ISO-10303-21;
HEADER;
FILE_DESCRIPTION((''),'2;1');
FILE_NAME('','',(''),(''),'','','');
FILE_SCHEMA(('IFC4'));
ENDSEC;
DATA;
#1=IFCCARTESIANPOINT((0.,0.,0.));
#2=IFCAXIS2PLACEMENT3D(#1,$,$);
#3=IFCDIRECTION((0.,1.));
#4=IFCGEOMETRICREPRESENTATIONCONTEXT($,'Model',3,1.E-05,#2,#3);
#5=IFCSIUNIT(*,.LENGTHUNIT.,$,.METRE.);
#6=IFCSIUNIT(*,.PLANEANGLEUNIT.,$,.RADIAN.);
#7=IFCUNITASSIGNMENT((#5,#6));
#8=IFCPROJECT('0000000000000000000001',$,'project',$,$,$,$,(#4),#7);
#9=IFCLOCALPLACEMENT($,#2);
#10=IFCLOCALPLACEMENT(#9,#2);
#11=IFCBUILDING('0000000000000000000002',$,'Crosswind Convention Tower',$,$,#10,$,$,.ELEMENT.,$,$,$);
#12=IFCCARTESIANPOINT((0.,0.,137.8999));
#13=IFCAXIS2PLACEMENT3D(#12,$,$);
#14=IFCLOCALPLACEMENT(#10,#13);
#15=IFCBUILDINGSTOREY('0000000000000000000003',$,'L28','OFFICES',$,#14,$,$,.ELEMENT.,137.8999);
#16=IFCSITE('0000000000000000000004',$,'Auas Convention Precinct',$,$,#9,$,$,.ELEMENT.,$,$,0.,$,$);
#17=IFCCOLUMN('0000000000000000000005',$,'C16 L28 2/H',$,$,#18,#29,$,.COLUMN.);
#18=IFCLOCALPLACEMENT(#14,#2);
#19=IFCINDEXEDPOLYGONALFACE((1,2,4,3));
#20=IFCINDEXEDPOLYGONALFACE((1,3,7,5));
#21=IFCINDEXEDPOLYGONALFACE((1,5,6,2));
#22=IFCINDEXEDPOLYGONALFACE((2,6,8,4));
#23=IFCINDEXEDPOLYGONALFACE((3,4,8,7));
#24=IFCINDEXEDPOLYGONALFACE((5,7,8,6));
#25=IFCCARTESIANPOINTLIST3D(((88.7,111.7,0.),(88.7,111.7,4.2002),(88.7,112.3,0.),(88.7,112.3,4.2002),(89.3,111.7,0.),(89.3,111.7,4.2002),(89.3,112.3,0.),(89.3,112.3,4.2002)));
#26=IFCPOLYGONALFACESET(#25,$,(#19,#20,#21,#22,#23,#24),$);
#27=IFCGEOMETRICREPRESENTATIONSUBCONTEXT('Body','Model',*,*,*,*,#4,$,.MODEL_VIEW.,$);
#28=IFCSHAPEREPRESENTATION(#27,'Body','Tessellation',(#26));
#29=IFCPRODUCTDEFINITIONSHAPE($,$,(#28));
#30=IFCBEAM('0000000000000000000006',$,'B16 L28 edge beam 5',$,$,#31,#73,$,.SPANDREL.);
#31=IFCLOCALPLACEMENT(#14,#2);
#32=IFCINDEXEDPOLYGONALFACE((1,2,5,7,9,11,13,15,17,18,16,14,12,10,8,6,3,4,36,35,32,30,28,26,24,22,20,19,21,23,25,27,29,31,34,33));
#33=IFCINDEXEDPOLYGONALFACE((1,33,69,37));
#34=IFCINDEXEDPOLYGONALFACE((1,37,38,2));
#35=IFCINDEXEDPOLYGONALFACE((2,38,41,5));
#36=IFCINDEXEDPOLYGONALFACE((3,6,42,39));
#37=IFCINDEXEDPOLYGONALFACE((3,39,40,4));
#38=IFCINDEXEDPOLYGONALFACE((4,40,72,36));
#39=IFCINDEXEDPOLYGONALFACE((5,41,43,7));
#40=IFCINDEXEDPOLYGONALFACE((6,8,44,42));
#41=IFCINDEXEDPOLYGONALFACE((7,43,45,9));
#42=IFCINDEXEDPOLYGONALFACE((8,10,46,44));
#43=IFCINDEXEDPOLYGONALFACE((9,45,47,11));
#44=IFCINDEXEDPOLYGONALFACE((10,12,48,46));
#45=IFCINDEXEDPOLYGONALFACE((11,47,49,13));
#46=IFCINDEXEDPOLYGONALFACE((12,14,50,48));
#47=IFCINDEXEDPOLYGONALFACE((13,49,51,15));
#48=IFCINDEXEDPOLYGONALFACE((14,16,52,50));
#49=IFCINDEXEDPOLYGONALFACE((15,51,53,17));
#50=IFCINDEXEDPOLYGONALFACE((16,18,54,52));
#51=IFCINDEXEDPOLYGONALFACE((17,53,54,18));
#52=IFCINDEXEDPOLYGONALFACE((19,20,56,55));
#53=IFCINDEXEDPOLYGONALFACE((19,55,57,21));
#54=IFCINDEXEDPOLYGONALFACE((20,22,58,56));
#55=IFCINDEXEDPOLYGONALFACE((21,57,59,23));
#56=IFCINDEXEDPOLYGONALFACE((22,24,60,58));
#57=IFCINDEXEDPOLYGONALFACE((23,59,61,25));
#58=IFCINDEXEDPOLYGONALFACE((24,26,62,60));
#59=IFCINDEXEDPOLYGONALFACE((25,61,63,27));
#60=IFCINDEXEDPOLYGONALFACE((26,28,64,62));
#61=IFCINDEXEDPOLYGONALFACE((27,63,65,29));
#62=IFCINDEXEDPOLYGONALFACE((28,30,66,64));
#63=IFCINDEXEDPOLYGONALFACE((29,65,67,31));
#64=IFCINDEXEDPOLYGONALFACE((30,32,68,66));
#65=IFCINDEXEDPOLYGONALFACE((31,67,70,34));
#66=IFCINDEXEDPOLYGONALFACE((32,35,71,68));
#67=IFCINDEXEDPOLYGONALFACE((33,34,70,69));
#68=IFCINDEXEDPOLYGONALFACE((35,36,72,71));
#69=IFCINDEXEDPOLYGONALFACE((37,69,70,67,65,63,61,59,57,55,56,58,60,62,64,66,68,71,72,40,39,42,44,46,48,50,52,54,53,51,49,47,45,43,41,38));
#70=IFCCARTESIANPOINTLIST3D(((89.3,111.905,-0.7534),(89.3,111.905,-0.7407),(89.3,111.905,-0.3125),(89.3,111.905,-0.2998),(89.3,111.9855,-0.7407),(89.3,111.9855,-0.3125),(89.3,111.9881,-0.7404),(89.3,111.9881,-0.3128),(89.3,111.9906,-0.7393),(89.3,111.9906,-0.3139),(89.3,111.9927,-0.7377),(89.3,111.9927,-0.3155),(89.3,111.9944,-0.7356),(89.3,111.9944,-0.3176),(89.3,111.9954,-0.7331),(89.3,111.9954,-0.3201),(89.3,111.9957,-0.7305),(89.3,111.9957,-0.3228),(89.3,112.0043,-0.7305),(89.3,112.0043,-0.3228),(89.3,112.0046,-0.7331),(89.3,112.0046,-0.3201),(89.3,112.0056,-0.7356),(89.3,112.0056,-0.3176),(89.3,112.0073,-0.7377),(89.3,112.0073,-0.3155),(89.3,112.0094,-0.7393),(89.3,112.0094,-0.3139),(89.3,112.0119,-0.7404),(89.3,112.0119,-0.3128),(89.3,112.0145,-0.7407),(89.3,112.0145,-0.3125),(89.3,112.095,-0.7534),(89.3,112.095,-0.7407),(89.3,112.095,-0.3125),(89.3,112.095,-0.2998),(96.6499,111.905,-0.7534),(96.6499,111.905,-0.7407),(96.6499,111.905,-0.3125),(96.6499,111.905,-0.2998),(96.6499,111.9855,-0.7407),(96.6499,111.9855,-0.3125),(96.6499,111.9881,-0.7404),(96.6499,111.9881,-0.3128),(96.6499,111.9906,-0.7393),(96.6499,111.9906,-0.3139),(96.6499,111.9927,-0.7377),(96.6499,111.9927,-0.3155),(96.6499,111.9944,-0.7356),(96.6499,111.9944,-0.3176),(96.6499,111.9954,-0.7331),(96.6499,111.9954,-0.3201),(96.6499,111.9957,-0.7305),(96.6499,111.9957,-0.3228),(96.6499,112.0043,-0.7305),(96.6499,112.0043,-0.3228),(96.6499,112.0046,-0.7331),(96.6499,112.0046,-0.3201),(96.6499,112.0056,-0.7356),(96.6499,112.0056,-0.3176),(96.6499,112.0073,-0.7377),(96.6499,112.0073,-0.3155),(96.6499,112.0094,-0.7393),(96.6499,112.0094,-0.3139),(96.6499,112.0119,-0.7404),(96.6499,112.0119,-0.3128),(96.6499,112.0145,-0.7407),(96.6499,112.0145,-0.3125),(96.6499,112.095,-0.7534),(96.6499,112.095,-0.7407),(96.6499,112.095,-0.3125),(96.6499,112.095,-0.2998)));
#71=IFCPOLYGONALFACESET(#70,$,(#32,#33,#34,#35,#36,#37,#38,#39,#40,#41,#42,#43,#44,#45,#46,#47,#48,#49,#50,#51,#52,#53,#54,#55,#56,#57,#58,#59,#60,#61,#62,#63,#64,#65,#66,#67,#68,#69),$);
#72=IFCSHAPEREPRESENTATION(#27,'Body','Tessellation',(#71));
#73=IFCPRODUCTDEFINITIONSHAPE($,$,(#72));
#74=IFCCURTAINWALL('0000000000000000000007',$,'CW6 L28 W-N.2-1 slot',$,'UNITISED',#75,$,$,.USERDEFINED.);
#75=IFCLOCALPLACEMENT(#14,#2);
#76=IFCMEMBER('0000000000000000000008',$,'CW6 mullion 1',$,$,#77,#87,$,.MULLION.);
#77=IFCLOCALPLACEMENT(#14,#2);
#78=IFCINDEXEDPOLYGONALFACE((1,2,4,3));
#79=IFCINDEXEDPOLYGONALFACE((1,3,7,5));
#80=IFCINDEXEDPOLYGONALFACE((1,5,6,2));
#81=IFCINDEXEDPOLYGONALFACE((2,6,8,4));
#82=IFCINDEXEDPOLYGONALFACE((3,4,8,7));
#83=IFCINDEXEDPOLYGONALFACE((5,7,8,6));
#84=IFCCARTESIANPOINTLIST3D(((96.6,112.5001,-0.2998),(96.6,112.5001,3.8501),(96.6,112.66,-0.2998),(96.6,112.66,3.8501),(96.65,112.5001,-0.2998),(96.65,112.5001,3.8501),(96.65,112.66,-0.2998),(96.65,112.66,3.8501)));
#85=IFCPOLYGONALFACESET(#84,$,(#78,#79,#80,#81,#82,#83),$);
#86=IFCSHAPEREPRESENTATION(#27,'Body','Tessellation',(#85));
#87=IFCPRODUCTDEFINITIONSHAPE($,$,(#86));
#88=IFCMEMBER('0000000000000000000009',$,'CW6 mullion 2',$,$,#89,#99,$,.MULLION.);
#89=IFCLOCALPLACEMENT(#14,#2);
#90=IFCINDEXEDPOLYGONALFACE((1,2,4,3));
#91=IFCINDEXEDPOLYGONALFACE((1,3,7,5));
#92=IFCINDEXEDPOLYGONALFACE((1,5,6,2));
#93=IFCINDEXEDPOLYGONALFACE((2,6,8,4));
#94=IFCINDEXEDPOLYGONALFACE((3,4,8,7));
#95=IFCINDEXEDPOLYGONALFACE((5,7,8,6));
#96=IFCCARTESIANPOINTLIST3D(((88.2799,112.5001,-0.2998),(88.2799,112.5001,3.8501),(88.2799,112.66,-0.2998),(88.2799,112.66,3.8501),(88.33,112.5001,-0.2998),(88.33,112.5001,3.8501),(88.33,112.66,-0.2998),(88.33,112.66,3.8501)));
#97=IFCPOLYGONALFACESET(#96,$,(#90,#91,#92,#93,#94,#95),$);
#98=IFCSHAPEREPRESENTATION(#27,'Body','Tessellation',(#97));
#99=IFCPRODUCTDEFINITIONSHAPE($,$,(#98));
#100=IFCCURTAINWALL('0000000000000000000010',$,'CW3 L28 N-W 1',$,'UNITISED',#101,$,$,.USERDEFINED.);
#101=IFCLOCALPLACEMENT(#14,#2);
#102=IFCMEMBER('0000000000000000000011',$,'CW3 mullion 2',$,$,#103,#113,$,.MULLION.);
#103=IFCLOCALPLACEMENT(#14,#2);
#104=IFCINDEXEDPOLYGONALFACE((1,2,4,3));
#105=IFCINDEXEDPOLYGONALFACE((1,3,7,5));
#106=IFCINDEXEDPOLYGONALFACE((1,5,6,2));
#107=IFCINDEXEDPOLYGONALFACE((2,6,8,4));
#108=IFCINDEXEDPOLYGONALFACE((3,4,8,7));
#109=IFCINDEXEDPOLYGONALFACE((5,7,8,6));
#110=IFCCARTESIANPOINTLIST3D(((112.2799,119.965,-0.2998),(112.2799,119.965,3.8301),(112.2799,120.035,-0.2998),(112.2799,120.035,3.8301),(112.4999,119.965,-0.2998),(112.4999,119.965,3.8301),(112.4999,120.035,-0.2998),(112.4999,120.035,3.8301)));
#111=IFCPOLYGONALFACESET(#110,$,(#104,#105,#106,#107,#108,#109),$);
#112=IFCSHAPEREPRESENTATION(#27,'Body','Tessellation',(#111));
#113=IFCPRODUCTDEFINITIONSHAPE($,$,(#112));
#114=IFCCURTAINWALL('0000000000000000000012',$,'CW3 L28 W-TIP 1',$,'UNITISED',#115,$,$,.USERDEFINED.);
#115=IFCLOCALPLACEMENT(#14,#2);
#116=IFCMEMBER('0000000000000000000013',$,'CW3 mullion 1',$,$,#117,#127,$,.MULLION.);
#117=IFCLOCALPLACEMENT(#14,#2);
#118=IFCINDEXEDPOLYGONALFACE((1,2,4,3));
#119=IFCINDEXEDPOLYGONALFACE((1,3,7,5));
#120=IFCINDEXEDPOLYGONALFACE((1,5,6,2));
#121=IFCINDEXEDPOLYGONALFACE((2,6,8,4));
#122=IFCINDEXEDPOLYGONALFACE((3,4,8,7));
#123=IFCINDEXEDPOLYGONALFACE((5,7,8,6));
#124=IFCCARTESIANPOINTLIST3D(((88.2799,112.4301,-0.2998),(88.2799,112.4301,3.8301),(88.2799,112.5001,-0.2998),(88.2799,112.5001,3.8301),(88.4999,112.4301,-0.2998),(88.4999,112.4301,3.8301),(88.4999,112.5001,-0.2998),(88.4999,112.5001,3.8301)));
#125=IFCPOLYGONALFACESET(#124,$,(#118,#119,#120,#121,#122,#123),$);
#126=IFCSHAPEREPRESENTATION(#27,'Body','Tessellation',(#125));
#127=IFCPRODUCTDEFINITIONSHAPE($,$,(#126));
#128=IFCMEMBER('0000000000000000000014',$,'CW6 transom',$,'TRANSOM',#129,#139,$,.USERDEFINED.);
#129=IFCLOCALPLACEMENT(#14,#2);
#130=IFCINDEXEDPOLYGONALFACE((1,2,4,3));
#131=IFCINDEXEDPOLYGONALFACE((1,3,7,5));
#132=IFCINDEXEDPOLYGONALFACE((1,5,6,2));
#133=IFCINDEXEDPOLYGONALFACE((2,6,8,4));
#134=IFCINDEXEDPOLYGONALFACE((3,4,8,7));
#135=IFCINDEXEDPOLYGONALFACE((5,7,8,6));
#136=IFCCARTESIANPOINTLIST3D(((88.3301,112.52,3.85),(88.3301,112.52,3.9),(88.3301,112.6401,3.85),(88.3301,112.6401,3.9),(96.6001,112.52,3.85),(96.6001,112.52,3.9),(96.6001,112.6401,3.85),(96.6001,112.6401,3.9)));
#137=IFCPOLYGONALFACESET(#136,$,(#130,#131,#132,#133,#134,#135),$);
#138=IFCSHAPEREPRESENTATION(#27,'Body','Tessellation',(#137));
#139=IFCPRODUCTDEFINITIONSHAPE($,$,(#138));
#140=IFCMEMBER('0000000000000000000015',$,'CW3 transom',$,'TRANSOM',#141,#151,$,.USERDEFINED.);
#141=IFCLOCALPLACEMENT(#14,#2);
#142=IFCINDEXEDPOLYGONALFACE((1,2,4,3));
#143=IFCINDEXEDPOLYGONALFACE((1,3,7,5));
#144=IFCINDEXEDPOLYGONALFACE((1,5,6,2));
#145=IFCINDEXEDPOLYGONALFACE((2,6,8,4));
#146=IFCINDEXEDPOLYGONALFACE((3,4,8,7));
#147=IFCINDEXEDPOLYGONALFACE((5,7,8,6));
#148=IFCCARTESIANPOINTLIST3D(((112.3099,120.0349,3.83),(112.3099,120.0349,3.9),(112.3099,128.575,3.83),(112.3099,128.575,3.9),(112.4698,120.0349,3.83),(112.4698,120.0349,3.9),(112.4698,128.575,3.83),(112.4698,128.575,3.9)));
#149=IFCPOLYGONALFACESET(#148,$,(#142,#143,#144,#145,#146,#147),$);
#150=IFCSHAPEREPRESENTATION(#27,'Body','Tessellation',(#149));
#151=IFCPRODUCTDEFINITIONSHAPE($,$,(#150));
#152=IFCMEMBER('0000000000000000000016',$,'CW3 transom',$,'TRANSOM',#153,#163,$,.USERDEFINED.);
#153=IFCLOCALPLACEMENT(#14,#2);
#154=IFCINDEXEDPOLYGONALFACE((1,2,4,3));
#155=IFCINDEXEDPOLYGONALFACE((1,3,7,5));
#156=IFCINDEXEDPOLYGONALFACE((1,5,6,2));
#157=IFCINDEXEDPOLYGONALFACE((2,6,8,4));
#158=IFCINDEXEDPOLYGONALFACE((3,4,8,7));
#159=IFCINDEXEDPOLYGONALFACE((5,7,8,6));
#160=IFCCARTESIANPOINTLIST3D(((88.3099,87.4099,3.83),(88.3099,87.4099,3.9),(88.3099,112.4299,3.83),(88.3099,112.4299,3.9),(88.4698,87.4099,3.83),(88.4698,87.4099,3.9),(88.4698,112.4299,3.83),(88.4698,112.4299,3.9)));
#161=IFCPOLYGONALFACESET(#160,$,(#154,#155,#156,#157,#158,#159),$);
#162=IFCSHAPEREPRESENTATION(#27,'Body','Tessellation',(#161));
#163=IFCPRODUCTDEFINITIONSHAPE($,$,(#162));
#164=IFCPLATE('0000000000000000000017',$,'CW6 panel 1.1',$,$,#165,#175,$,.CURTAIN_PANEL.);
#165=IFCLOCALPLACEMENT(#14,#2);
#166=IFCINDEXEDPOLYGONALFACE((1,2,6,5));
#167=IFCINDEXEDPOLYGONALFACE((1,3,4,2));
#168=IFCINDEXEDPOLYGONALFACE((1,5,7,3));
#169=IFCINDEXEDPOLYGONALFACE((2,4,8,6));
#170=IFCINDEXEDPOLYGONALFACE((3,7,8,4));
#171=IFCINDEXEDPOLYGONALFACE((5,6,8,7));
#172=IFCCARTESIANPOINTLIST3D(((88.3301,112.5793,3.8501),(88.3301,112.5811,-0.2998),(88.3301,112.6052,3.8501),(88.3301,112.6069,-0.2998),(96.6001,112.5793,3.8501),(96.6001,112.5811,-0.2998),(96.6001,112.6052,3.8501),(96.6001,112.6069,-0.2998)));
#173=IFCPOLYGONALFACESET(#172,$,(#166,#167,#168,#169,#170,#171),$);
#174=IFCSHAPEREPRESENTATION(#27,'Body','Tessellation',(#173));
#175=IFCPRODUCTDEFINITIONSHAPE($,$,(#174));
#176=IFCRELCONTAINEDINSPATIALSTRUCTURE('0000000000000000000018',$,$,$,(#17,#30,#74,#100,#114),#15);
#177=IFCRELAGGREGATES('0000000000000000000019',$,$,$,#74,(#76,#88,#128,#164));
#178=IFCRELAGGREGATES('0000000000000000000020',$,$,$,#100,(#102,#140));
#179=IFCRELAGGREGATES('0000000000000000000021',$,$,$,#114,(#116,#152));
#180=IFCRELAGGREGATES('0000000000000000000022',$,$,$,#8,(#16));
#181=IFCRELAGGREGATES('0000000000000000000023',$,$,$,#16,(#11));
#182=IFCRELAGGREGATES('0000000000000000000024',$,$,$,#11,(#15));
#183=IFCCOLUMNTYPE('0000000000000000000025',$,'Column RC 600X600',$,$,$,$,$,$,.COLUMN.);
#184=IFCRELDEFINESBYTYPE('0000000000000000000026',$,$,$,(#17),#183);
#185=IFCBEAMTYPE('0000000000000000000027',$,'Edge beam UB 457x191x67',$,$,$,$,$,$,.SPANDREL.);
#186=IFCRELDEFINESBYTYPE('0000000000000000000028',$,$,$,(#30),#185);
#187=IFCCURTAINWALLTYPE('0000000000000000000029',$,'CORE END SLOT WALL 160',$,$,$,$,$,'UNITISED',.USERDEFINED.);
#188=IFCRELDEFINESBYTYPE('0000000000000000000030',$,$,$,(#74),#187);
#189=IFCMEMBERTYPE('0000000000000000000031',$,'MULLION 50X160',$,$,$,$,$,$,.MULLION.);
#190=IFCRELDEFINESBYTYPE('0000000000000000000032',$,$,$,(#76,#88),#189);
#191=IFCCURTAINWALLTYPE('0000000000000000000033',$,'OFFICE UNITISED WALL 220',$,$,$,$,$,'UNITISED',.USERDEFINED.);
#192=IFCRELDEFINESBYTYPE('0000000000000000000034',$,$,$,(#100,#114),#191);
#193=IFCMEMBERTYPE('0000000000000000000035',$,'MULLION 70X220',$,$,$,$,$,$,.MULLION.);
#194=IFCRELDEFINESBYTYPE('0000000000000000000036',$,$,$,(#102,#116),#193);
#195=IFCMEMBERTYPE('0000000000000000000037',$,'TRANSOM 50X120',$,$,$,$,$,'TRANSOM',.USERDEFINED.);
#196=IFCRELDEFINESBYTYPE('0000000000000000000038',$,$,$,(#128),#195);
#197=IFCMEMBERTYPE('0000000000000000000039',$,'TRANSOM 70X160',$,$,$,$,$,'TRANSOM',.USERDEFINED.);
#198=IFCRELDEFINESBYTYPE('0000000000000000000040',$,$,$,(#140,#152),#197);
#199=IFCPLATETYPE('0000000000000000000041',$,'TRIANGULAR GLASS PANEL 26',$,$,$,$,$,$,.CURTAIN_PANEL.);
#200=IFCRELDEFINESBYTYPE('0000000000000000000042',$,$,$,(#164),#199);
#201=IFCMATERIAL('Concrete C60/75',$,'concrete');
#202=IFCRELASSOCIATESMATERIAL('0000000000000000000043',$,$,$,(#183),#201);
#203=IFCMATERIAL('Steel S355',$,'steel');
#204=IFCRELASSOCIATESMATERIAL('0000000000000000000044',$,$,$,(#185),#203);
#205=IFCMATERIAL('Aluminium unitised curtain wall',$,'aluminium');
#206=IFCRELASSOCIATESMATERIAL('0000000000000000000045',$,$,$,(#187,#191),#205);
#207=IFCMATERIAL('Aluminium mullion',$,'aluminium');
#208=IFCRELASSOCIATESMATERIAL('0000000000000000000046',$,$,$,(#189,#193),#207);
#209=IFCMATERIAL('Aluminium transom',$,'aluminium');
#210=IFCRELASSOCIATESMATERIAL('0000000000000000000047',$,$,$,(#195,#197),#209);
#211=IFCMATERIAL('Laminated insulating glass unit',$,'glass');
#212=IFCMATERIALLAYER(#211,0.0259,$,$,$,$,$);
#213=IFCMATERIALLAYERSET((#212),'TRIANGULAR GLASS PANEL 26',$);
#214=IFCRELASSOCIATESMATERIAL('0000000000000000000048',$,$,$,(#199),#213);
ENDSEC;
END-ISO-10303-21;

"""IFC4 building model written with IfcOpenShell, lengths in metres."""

from ifc_helpers import new_model, si_unit, direction, frame, origin, origin_2d, place, context, subcontext, project, spatial, polyline, rectangle, i_section, outline, extrude, material, layer, layer_set, material_profile, profile_set, type_object, element, aggregate, save


model = new_model("IFC4")

# Units and contexts
model_context = context("Model", 3, precision=1e-05, world=origin(), true_north=direction((0.0, 1.0)))
body_context = subcontext(model_context, "Body", "Model", "MODEL_VIEW")
ifc_project = project(units=[si_unit("LENGTHUNIT", "METRE"), si_unit("PLANEANGLEUNIT", "RADIAN")], contexts=[model_context])

# Site, building, storey
site_placement = place(None, origin())
site = spatial("IfcSite", under=ifc_project, at=site_placement, Name="Auas Convention Precinct", CompositionType="ELEMENT", RefElevation=0.0)
building_placement = place(site_placement, origin())
building = spatial("IfcBuilding", under=site, at=building_placement, Name="Crosswind Convention Tower", CompositionType="ELEMENT")
storey_placement = place(building_placement, frame((0.0, 0.0, 137.8999)))
storey = spatial("IfcBuildingStorey", under=building, at=storey_placement, Name="L28", Description="OFFICES", CompositionType="ELEMENT", Elevation=137.8999)

# Column
ifc_material_1 = material(Name="Concrete C60/75", Category="concrete")
ifc_material_profile_1 = material_profile(ifc_material_1, rectangle(XDim=0.6001, YDim=0.6001, at=origin_2d()), Name="RC 600X600")
ifc_profile_set_1 = profile_set([ifc_material_profile_1], Name="Concrete C60/75")
column_type = type_object("IfcColumnType", Name="Column RC 600X600", PredefinedType="COLUMN", material=ifc_profile_set_1)
column_placement = place(storey_placement, frame((89.0, 112.0, 0.0), z_axis=(0.0, 0.0, 1.0), x_axis=(1.0, 0.0, 0.0)))
element("IfcColumn", 1, at=column_placement, inside=storey, type_object=column_type, Name="C16 L28 2/H", PredefinedType="COLUMN", context=body_context, shape_type="SweptSolid", body=[
    extrude(rectangle(XDim=0.6001, YDim=0.6001, at=origin_2d()), origin(), (0.0, 0.0, 1.0), 4.2002),
])

# Beam
ifc_material_2 = material(Name="Steel S355", Category="steel")
ifc_material_profile_2 = material_profile(ifc_material_2, i_section(OverallWidth=0.1899, OverallDepth=0.4536, WebThickness=0.0085, FlangeThickness=0.0127, FilletRadius=0.0103, at=origin_2d()), Name="UB 457x191x67")
ifc_profile_set_2 = profile_set([ifc_material_profile_2], Name="Steel S355")
beam_type = type_object("IfcBeamType", Name="Edge beam UB 457x191x67", PredefinedType="SPANDREL", material=ifc_profile_set_2)
beam_placement = place(storey_placement, frame((89.3, 112.0, -0.5266), z_axis=(1.0, 0.0, 0.0), x_axis=(0.0, 1.0, 0.0)))
element("IfcBeam", 2, at=beam_placement, inside=storey, type_object=beam_type, Name="B16 L28 edge beam 5", PredefinedType="SPANDREL", context=body_context, shape_type="SweptSolid", body=[
    extrude(i_section(OverallWidth=0.1899, OverallDepth=0.4536, WebThickness=0.0085, FlangeThickness=0.0127, FilletRadius=0.0103, at=origin_2d()), origin(), (0.0, 0.0, 1.0), 7.3499),
])

# Curtain wall, members
ifc_material_3 = material(Name="Aluminium unitised curtain wall", Category="aluminium")
curtain_wall_type_1 = type_object("IfcCurtainWallType", Name="CORE END SLOT WALL 160", ElementType="UNITISED", PredefinedType="USERDEFINED", material=ifc_material_3)
curtain_wall_1_placement = place(storey_placement, origin())
curtain_wall_1 = element("IfcCurtainWall", 3, at=curtain_wall_1_placement, inside=storey, type_object=curtain_wall_type_1, Name="CW6 L28 W-N.2-1 slot", ObjectType="UNITISED", PredefinedType="USERDEFINED")
ifc_material_4 = material(Name="Aluminium mullion", Category="aluminium")
ifc_material_profile_3 = material_profile(ifc_material_4, rectangle(XDim=0.1599, YDim=0.05, at=origin_2d()), Name="AL 160X50")
ifc_profile_set_3 = profile_set([ifc_material_profile_3], Name="Aluminium mullion")
member_type_1 = type_object("IfcMemberType", Name="MULLION 50X160", PredefinedType="MULLION", material=ifc_profile_set_3)
member_1_placement = place(storey_placement, frame((96.625, 112.5801, -0.2998), z_axis=(0.0, 0.0, 1.0), x_axis=(0.0, 1.0, 0.0)))
member_1 = element("IfcMember", 4, at=member_1_placement, type_object=member_type_1, Name="CW6 mullion 1", PredefinedType="MULLION", context=body_context, shape_type="SweptSolid", body=[
    extrude(rectangle(XDim=0.1599, YDim=0.05, at=origin_2d()), origin(), (0.0, 0.0, 1.0), 4.1499),
])
member_2_placement = place(storey_placement, frame((88.3049, 112.5801, -0.2998), z_axis=(0.0, 0.0, 1.0), x_axis=(0.0, 1.0, 0.0)))
member_2 = element("IfcMember", 5, at=member_2_placement, type_object=member_type_1, Name="CW6 mullion 2", PredefinedType="MULLION", context=body_context, shape_type="SweptSolid", body=[
    extrude(rectangle(XDim=0.1599, YDim=0.05, at=origin_2d()), origin(), (0.0, 0.0, 1.0), 4.1499),
])

# Curtain walls, members
curtain_wall_type_2 = type_object("IfcCurtainWallType", Name="OFFICE UNITISED WALL 220", ElementType="UNITISED", PredefinedType="USERDEFINED", material=ifc_material_3)
curtain_wall_2_placement = place(storey_placement, origin())
curtain_wall_2 = element("IfcCurtainWall", 6, at=curtain_wall_2_placement, inside=storey, type_object=curtain_wall_type_2, Name="CW3 L28 N-W 1", ObjectType="UNITISED", PredefinedType="USERDEFINED")
ifc_material_profile_4 = material_profile(ifc_material_4, rectangle(XDim=0.22, YDim=0.0701, at=origin_2d()), Name="AL 220X70")
ifc_profile_set_4 = profile_set([ifc_material_profile_4], Name="Aluminium mullion")
member_type_2 = type_object("IfcMemberType", Name="MULLION 70X220", PredefinedType="MULLION", material=ifc_profile_set_4)
member_3_placement = place(storey_placement, frame((112.3899, 120.0, -0.2998), z_axis=(0.0, 0.0, 1.0), x_axis=(-1.0, 0.0, 0.0)))
member_3 = element("IfcMember", 7, at=member_3_placement, type_object=member_type_2, Name="CW3 mullion 2", PredefinedType="MULLION", context=body_context, shape_type="SweptSolid", body=[
    extrude(rectangle(XDim=0.22, YDim=0.0701, at=origin_2d()), origin(), (0.0, 0.0, 1.0), 4.1299),
])
curtain_wall_3_placement = place(storey_placement, origin())
curtain_wall_3 = element("IfcCurtainWall", 8, at=curtain_wall_3_placement, inside=storey, type_object=curtain_wall_type_2, Name="CW3 L28 W-TIP 1", ObjectType="UNITISED", PredefinedType="USERDEFINED")
member_4_placement = place(storey_placement, frame((88.3899, 112.4651, -0.2998), z_axis=(0.0, 0.0, 1.0), x_axis=(-1.0, 0.0, 0.0)))
member_4 = element("IfcMember", 9, at=member_4_placement, type_object=member_type_2, Name="CW3 mullion 1", PredefinedType="MULLION", context=body_context, shape_type="SweptSolid", body=[
    extrude(rectangle(XDim=0.22, YDim=0.0701, at=origin_2d()), origin(), (0.0, 0.0, 1.0), 4.1299),
])

# Members
ifc_material_5 = material(Name="Aluminium transom", Category="aluminium")
ifc_material_profile_5 = material_profile(ifc_material_5, rectangle(XDim=0.1201, YDim=0.05, at=origin_2d()), Name="AL 120X50")
ifc_profile_set_5 = profile_set([ifc_material_profile_5], Name="Aluminium transom")
member_type_3 = type_object("IfcMemberType", Name="TRANSOM 50X120", ElementType="TRANSOM", PredefinedType="USERDEFINED", material=ifc_profile_set_5)
member_5_placement = place(storey_placement, frame((96.6001, 112.5801, 3.875), z_axis=(-1.0, 0.0, 0.0), x_axis=(0.0, -1.0, 0.0)))
member_5 = element("IfcMember", 10, at=member_5_placement, type_object=member_type_3, Name="CW6 transom", ObjectType="TRANSOM", PredefinedType="USERDEFINED", context=body_context, shape_type="SweptSolid", body=[
    extrude(rectangle(XDim=0.1201, YDim=0.05, at=origin_2d()), origin(), (0.0, 0.0, 1.0), 8.27),
])
ifc_material_profile_6 = material_profile(ifc_material_5, rectangle(XDim=0.1599, YDim=0.0701, at=origin_2d()), Name="AL 160X70")
ifc_profile_set_6 = profile_set([ifc_material_profile_6], Name="Aluminium transom")
member_type_4 = type_object("IfcMemberType", Name="TRANSOM 70X160", ElementType="TRANSOM", PredefinedType="USERDEFINED", material=ifc_profile_set_6)
member_6_placement = place(storey_placement, frame((112.3899, 128.575, 3.865), z_axis=(0.0, -1.0, 0.0), x_axis=(1.0, 0.0, 0.0)))
member_6 = element("IfcMember", 11, at=member_6_placement, type_object=member_type_4, Name="CW3 transom", ObjectType="TRANSOM", PredefinedType="USERDEFINED", context=body_context, shape_type="SweptSolid", body=[
    extrude(rectangle(XDim=0.1599, YDim=0.0701, at=origin_2d()), origin(), (0.0, 0.0, 1.0), 8.54),
])
member_7_placement = place(storey_placement, frame((88.3899, 112.4299, 3.865), z_axis=(0.0, -1.0, 0.0), x_axis=(1.0, 0.0, 0.0)))
member_7 = element("IfcMember", 12, at=member_7_placement, type_object=member_type_4, Name="CW3 transom", ObjectType="TRANSOM", PredefinedType="USERDEFINED", context=body_context, shape_type="SweptSolid", body=[
    extrude(rectangle(XDim=0.1599, YDim=0.0701, at=origin_2d()), origin(), (0.0, 0.0, 1.0), 25.02),
])

# Plate
ifc_material_6 = material(Name="Laminated insulating glass unit", Category="glass")
ifc_layer_1 = layer(ifc_material_6, 0.0259)
ifc_layer_set_1 = layer_set([ifc_layer_1], Name="TRIANGULAR GLASS PANEL 26")
plate_type_1 = type_object("IfcPlateType", Name="TRIANGULAR GLASS PANEL 26", PredefinedType="CURTAIN_PANEL", material=ifc_layer_set_1)
plate_1_placement = place(storey_placement, frame((96.6001, 112.6069, -0.2998), z_axis=(0.0, 1.0, 0.000412), x_axis=(-1.0, 0.0, 0.0)))
plate_1 = element("IfcPlate", 13, at=plate_1_placement, type_object=plate_type_1, Name="CW6 panel 1.1", PredefinedType="CURTAIN_PANEL", context=body_context, shape_type="SweptSolid", body=[
    extrude(outline(polyline([(0.0, 0.0), (8.27, 0.0), (8.27, 4.1499), (0.0, 4.1499), (0.0, 0.0)])), origin(), (0.0, 0.0, -1.0), 0.0259),
])
aggregate(curtain_wall_1, [member_1, member_2, member_5, plate_1])

aggregate(curtain_wall_2, [member_3, member_6])
aggregate(curtain_wall_3, [member_4, member_7])

save(model, "model.ifc")
